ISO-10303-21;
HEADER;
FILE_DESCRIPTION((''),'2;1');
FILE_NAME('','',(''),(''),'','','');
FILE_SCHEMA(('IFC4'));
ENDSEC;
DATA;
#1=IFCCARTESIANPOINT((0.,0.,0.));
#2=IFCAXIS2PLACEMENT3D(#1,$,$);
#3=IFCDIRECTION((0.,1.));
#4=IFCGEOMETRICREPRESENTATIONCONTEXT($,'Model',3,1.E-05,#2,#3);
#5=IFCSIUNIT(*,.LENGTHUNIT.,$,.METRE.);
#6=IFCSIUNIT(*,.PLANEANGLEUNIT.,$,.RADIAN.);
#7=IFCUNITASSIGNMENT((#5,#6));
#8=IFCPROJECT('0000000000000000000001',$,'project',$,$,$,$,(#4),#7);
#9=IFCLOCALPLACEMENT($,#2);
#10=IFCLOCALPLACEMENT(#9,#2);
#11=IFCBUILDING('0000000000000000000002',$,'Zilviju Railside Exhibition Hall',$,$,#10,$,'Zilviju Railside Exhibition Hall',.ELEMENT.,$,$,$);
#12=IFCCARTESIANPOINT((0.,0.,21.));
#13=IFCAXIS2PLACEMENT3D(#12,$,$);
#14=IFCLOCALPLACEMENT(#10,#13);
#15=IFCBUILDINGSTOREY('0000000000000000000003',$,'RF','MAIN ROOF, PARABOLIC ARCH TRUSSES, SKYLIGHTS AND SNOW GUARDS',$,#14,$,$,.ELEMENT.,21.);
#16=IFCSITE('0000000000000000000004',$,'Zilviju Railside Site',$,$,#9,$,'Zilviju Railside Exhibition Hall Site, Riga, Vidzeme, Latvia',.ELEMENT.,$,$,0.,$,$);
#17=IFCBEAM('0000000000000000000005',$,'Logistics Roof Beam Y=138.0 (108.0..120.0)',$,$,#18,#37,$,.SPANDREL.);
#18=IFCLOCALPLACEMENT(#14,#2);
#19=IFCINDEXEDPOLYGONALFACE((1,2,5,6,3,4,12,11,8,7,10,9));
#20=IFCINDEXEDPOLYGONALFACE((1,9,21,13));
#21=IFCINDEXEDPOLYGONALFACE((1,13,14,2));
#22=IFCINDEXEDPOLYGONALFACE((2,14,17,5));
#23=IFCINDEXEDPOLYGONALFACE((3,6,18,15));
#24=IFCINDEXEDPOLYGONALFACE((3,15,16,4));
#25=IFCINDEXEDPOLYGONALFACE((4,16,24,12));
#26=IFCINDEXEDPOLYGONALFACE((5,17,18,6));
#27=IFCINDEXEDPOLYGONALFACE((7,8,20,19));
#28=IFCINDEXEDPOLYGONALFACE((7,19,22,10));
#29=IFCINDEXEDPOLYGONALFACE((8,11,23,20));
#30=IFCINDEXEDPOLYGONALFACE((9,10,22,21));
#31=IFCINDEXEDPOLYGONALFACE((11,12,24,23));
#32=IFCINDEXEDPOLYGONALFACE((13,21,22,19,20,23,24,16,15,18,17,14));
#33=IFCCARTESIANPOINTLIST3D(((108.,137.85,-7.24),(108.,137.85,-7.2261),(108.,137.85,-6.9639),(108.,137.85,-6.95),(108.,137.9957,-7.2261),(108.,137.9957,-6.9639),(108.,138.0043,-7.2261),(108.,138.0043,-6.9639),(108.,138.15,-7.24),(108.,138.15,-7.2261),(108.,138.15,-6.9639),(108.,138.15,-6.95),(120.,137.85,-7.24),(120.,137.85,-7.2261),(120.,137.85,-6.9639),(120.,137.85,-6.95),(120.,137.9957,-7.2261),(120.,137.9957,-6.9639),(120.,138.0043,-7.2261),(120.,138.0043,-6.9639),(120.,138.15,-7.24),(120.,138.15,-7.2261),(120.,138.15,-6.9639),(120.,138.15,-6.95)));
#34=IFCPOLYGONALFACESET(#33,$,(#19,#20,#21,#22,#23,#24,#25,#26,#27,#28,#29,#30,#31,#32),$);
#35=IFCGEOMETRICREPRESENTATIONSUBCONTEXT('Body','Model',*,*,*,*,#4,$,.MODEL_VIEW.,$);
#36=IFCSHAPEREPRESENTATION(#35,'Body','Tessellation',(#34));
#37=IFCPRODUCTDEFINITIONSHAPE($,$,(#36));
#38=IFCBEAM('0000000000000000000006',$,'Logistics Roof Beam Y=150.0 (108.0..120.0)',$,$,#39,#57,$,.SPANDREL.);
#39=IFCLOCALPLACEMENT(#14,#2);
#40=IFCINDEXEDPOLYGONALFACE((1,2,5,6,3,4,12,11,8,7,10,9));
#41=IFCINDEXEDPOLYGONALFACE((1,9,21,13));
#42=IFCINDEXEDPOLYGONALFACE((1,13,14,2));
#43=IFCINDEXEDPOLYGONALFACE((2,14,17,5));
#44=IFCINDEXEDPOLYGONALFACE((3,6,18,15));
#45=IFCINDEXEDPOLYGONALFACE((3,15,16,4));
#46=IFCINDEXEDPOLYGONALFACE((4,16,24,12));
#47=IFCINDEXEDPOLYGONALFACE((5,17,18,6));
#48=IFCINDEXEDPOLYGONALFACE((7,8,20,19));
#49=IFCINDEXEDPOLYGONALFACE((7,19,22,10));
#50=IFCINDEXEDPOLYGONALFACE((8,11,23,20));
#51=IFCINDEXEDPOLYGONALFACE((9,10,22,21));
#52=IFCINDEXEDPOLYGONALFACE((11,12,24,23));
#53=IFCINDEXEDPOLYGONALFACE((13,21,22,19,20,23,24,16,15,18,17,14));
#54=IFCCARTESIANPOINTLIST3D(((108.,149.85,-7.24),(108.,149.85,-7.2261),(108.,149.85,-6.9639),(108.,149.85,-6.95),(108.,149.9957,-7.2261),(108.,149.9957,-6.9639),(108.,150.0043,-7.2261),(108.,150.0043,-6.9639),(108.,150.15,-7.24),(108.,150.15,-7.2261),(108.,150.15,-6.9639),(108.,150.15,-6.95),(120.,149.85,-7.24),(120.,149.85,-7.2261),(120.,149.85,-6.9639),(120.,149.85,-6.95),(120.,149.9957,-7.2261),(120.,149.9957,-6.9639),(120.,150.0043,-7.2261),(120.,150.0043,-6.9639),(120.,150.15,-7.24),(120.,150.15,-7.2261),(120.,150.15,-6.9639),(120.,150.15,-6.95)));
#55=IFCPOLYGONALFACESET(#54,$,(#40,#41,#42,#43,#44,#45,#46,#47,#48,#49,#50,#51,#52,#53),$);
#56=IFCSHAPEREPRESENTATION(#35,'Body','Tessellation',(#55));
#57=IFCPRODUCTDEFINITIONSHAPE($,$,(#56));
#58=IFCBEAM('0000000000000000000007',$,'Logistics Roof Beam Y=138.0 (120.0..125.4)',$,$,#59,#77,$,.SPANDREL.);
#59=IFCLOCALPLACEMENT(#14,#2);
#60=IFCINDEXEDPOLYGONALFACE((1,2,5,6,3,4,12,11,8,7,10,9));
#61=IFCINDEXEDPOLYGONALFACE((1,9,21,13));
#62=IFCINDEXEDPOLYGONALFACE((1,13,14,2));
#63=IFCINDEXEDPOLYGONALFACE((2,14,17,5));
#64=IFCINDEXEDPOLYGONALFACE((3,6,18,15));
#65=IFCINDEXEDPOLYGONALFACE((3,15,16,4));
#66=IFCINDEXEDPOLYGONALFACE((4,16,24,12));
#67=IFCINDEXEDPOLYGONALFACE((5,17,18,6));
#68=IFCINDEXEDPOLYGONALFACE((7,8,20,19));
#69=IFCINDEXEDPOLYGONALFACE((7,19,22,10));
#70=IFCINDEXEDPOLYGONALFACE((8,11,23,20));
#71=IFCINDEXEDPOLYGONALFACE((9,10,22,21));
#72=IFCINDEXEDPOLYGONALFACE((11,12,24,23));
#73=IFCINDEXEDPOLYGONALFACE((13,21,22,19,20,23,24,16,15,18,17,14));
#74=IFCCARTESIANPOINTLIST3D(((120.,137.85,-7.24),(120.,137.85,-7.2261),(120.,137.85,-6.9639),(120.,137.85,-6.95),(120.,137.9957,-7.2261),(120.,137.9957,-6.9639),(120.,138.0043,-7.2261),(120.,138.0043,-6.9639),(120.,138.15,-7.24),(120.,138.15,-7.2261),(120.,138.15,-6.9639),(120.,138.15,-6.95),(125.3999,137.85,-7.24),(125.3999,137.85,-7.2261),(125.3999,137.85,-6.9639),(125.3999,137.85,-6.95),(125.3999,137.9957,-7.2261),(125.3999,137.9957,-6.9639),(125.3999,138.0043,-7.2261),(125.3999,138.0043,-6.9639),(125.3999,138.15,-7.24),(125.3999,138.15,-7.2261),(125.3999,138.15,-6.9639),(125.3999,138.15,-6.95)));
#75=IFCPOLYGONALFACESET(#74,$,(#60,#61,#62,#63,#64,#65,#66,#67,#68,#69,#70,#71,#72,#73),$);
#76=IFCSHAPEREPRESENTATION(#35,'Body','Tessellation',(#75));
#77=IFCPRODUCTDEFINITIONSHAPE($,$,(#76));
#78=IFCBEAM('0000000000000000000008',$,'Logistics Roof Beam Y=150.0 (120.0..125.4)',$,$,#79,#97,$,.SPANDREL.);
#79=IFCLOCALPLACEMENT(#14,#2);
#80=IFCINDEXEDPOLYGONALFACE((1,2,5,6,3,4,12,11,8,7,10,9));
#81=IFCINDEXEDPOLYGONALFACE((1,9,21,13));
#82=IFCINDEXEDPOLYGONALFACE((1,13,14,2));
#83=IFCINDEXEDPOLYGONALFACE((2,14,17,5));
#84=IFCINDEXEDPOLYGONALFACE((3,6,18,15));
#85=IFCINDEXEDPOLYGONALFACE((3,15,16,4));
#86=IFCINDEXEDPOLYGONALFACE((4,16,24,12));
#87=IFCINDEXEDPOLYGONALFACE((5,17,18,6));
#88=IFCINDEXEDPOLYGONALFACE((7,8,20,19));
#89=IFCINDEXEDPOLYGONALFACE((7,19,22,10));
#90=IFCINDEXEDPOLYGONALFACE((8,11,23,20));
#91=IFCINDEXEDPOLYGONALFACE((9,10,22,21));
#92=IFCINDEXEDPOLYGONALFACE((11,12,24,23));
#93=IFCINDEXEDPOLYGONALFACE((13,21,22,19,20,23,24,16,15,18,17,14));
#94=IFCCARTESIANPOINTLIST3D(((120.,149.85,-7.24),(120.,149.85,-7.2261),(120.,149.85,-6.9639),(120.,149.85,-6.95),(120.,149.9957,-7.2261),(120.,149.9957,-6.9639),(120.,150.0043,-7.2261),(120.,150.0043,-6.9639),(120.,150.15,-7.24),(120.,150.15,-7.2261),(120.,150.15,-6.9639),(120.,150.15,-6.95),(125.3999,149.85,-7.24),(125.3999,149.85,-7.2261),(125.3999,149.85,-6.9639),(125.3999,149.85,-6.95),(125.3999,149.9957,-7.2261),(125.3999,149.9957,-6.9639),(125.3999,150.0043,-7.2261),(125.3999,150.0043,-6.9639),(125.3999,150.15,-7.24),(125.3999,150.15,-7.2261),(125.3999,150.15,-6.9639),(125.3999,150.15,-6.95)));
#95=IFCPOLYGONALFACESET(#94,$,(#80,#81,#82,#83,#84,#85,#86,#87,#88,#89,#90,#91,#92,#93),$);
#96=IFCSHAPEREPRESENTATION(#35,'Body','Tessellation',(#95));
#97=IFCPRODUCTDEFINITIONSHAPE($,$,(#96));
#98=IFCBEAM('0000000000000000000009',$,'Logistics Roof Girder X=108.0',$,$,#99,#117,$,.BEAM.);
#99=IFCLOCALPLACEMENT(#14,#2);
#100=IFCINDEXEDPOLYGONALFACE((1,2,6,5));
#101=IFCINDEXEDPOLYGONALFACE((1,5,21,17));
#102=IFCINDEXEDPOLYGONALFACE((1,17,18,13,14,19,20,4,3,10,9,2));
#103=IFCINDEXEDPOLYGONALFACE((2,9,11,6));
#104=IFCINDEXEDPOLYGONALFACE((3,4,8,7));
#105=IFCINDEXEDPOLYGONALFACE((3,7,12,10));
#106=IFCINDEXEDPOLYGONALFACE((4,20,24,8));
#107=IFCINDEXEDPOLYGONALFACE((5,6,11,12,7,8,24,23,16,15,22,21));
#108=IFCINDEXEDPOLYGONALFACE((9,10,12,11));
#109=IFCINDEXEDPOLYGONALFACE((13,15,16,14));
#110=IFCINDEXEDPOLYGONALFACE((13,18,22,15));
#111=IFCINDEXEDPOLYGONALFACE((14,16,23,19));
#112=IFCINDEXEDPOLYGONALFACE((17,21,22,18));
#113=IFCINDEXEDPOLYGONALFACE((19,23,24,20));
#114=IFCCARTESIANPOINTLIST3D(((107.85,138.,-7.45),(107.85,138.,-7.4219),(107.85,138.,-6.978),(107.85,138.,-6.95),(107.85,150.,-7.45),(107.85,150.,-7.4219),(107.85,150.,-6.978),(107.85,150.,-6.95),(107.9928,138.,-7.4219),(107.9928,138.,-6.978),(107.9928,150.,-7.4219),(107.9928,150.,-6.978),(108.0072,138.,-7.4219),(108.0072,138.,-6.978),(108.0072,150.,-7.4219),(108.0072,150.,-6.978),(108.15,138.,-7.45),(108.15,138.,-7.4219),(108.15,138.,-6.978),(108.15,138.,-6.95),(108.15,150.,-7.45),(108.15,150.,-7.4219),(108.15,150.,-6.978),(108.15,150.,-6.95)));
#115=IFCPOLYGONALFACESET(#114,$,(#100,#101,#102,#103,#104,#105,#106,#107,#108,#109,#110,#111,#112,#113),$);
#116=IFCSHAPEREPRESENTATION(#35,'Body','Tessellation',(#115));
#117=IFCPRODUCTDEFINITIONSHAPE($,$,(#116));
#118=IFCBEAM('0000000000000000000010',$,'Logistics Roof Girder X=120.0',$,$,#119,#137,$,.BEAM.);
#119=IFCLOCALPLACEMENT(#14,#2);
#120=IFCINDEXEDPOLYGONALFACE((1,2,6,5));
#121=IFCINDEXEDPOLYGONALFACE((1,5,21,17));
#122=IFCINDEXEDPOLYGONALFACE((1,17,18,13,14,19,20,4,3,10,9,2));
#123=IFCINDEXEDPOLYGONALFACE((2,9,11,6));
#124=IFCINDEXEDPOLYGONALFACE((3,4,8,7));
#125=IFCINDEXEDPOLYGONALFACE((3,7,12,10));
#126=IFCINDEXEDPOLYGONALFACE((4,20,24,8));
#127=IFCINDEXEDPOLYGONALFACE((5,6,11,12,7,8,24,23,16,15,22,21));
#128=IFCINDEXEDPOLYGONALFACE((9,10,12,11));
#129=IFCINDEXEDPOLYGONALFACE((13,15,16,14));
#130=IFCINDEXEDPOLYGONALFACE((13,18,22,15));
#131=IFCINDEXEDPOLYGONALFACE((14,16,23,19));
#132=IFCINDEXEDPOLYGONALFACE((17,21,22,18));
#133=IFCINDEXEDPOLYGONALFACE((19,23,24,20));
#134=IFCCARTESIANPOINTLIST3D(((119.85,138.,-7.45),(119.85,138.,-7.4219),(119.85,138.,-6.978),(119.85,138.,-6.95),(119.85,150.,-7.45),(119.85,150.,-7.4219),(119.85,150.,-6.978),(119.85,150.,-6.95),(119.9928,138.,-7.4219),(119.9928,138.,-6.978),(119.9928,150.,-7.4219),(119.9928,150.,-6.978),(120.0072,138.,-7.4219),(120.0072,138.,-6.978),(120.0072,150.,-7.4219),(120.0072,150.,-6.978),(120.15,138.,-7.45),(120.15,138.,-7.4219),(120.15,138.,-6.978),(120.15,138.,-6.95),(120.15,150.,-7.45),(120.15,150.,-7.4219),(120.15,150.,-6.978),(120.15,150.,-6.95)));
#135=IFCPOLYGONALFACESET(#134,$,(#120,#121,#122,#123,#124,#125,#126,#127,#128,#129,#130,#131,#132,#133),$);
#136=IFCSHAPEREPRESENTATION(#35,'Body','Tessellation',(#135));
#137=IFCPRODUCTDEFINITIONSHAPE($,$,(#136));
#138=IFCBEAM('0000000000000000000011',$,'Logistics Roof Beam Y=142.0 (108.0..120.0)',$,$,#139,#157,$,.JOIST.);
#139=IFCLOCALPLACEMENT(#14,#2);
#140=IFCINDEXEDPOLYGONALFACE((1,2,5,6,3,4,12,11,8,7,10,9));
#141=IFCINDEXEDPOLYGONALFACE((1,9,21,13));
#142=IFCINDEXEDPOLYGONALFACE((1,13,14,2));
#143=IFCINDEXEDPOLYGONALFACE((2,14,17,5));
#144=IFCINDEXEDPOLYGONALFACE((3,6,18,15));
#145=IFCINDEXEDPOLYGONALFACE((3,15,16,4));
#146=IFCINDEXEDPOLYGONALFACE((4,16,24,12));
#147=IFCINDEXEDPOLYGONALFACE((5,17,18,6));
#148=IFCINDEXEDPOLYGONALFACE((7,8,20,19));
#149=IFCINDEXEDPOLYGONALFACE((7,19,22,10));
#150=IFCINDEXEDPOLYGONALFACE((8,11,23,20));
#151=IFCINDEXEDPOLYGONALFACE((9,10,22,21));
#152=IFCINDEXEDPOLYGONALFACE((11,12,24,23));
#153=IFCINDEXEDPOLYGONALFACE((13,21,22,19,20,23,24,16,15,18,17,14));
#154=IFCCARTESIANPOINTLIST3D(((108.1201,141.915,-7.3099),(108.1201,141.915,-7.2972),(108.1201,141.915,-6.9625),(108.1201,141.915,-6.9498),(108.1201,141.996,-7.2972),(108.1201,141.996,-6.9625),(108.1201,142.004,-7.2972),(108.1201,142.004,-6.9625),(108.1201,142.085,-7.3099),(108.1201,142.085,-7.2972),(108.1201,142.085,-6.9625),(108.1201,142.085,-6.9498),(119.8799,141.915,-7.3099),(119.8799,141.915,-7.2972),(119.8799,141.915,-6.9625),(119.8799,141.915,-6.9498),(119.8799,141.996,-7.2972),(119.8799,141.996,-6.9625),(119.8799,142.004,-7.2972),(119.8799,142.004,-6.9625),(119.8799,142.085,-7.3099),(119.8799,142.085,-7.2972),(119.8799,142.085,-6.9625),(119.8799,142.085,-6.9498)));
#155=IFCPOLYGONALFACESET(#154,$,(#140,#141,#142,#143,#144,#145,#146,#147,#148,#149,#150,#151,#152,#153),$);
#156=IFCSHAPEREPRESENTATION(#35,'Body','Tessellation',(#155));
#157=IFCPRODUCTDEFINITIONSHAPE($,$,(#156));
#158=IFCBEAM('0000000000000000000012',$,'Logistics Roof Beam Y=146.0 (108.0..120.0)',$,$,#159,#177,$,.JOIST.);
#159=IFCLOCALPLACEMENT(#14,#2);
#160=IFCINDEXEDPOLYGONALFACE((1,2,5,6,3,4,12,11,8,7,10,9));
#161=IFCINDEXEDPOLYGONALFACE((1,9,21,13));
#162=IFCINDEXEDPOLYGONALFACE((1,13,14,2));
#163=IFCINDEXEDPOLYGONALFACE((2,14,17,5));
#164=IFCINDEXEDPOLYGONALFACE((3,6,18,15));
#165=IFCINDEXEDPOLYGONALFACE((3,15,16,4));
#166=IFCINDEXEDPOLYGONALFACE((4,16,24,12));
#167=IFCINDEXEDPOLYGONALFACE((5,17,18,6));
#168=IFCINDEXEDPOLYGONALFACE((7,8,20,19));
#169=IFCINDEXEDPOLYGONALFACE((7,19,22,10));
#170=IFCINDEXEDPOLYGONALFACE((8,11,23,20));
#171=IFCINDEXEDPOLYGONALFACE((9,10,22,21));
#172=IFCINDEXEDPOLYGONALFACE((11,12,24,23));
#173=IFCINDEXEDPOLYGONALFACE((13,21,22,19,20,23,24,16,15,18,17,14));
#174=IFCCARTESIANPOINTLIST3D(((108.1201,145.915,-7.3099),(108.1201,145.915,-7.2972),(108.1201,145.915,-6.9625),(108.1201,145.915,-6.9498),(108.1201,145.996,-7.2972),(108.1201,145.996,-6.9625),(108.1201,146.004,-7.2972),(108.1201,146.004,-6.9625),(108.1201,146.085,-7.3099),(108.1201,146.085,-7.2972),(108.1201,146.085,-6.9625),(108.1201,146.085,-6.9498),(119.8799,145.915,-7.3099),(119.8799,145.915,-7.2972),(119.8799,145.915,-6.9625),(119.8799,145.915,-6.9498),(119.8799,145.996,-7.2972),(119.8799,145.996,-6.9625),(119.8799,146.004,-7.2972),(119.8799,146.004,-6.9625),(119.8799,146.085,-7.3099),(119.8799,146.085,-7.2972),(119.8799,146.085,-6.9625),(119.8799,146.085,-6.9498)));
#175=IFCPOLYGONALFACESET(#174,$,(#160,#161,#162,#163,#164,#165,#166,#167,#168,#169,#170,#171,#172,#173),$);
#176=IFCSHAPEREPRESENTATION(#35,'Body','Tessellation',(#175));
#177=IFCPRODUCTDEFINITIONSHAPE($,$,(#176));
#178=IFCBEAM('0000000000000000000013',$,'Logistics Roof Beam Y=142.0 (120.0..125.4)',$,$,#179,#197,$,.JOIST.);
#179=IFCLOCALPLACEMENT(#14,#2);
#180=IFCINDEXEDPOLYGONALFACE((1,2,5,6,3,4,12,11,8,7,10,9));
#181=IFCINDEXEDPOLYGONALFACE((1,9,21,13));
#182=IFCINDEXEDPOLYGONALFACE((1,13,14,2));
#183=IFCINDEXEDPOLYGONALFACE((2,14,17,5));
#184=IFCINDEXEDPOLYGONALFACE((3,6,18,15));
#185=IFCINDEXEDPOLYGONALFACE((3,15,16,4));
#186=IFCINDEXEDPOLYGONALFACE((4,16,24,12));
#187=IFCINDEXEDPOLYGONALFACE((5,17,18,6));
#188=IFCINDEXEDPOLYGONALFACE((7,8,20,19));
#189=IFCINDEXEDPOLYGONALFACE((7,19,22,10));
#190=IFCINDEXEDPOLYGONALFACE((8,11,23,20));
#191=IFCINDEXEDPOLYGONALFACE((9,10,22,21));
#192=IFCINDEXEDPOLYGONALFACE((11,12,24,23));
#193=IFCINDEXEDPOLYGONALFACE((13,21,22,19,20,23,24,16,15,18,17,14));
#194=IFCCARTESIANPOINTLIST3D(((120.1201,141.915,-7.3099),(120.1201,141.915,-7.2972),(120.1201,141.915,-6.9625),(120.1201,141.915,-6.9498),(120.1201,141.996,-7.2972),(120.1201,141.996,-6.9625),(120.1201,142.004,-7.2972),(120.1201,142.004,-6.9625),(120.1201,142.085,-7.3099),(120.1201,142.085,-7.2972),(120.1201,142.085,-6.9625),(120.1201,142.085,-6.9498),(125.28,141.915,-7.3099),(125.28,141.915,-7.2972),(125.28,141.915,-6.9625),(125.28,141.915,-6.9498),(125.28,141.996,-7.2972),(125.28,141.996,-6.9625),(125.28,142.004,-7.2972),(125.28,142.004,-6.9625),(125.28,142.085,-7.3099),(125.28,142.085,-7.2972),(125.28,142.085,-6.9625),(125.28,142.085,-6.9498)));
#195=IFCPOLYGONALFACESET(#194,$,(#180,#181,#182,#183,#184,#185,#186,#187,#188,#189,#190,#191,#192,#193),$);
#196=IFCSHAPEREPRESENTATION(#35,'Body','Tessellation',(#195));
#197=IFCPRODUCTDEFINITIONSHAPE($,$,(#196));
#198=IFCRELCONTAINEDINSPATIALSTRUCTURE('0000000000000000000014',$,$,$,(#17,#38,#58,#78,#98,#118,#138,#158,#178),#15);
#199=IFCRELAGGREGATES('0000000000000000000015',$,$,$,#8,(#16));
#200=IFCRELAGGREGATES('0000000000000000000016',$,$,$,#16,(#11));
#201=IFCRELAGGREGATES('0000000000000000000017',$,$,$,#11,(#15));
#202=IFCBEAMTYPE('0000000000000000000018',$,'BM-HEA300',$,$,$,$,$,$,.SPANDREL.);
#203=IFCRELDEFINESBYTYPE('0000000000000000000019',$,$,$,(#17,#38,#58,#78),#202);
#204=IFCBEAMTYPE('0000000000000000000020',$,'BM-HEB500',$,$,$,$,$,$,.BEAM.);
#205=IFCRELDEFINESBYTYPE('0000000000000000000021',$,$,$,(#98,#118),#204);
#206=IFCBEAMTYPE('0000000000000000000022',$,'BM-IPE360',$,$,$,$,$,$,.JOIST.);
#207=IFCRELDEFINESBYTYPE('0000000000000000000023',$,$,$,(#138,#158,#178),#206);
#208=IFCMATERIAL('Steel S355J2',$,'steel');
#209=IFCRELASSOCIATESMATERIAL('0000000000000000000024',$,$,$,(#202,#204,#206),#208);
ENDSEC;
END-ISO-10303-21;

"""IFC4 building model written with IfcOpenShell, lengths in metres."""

from ifc_helpers import new_model, si_unit, direction, frame, origin, origin_2d, place, context, subcontext, project, spatial, i_section, extrude, material, material_profile, profile_set, type_object, element, save


model = new_model("IFC4")

# Units and contexts
model_context = context("Model", 3, precision=1e-05, world=origin(), true_north=direction((0.0, 1.0)))
body_context = subcontext(model_context, "Body", "Model", "MODEL_VIEW")
ifc_project = project(units=[si_unit("LENGTHUNIT", "METRE"), si_unit("PLANEANGLEUNIT", "RADIAN")], contexts=[model_context])

# Site, building, storey
site_placement = place(None, origin())
site = spatial("IfcSite", under=ifc_project, at=site_placement, Name="Zilviju Railside Site", LongName="Zilviju Railside Exhibition Hall Site, Riga, Vidzeme, Latvia", CompositionType="ELEMENT", RefElevation=0.0)
building_placement = place(site_placement, origin())
building = spatial("IfcBuilding", under=site, at=building_placement, Name="Zilviju Railside Exhibition Hall", LongName="Zilviju Railside Exhibition Hall", CompositionType="ELEMENT")
storey_placement = place(building_placement, frame((0.0, 0.0, 21.0)))
storey = spatial("IfcBuildingStorey", under=building, at=storey_placement, Name="RF", Description="MAIN ROOF, PARABOLIC ARCH TRUSSES, SKYLIGHTS AND SNOW GUARDS", CompositionType="ELEMENT", Elevation=21.0)

# Beams
ifc_material_1 = material(Name="Steel S355J2", Category="steel")
ifc_material_profile_1 = material_profile(ifc_material_1, i_section(OverallWidth=0.3, OverallDepth=0.29, WebThickness=0.0085, FlangeThickness=0.0139, at=origin_2d()), Name="HEA 300")
ifc_profile_set_1 = profile_set([ifc_material_profile_1], Name="Steel S355J2")
beam_type_1 = type_object("IfcBeamType", Name="BM-HEA300", PredefinedType="SPANDREL", material=ifc_profile_set_1)
for number, where, z_axis, x_axis, name in (
    (1, (108.0, 138.0, -7.095), (1.0, 0.0, 0.0), (0.0, 1.0, 0.0), "Logistics Roof Beam Y=138.0 (108.0..120.0)"),
    (2, (108.0, 150.0, -7.095), (1.0, 0.0, 0.0), (0.0, 1.0, 0.0), "Logistics Roof Beam Y=150.0 (108.0..120.0)"),
):
    element("IfcBeam", number, at=place(storey_placement, frame(where, z_axis=z_axis, x_axis=x_axis)), inside=storey, type_object=beam_type_1, Name=name, PredefinedType="SPANDREL", context=body_context, shape_type="SweptSolid", body=[
        extrude(i_section(OverallWidth=0.3, OverallDepth=0.29, WebThickness=0.0085, FlangeThickness=0.0139, at=origin_2d()), origin(), (0.0, 0.0, 1.0), 12.0),
    ])
for number, where, z_axis, x_axis, name in (
    (3, (120.0, 138.0, -7.095), (1.0, 0.0, 0.0), (0.0, 1.0, 0.0), "Logistics Roof Beam Y=138.0 (120.0..125.4)"),
    (4, (120.0, 150.0, -7.095), (1.0, 0.0, 0.0), (0.0, 1.0, 0.0), "Logistics Roof Beam Y=150.0 (120.0..125.4)"),
):
    element("IfcBeam", number, at=place(storey_placement, frame(where, z_axis=z_axis, x_axis=x_axis)), inside=storey, type_object=beam_type_1, Name=name, PredefinedType="SPANDREL", context=body_context, shape_type="SweptSolid", body=[
        extrude(i_section(OverallWidth=0.3, OverallDepth=0.29, WebThickness=0.0085, FlangeThickness=0.0139, at=origin_2d()), origin(), (0.0, 0.0, 1.0), 5.3999),
    ])
ifc_material_profile_2 = material_profile(ifc_material_1, i_section(OverallWidth=0.3, OverallDepth=0.5, WebThickness=0.0144, FlangeThickness=0.0281, at=origin_2d()), Name="HEB 500")
ifc_profile_set_2 = profile_set([ifc_material_profile_2], Name="Steel S355J2")
beam_type_2 = type_object("IfcBeamType", Name="BM-HEB500", PredefinedType="BEAM", material=ifc_profile_set_2)
for number, where, z_axis, x_axis, name in (
    (5, (108.0, 138.0, -7.2), (0.0, 1.0, 0.0), (-1.0, 0.0, 0.0), "Logistics Roof Girder X=108.0"),
    (6, (120.0, 138.0, -7.2), (0.0, 1.0, 0.0), (-1.0, 0.0, 0.0), "Logistics Roof Girder X=120.0"),
):
    element("IfcBeam", number, at=place(storey_placement, frame(where, z_axis=z_axis, x_axis=x_axis)), inside=storey, type_object=beam_type_2, Name=name, PredefinedType="BEAM", context=body_context, shape_type="SweptSolid", body=[
        extrude(i_section(OverallWidth=0.3, OverallDepth=0.5, WebThickness=0.0144, FlangeThickness=0.0281, at=origin_2d()), origin(), (0.0, 0.0, 1.0), 12.0),
    ])
ifc_material_profile_3 = material_profile(ifc_material_1, i_section(OverallWidth=0.1699, OverallDepth=0.3601, WebThickness=0.0081, FlangeThickness=0.0127, at=origin_2d()), Name="IPE 360")
ifc_profile_set_3 = profile_set([ifc_material_profile_3], Name="Steel S355J2")
beam_type_3 = type_object("IfcBeamType", Name="BM-IPE360", PredefinedType="JOIST", material=ifc_profile_set_3)
for number, where, z_axis, x_axis, name in (
    (7, (108.1201, 142.0, -7.1299), (1.0, 0.0, 0.0), (0.0, 1.0, 0.0), "Logistics Roof Beam Y=142.0 (108.0..120.0)"),
    (8, (108.1201, 146.0, -7.1299), (1.0, 0.0, 0.0), (0.0, 1.0, 0.0), "Logistics Roof Beam Y=146.0 (108.0..120.0)"),
):
    element("IfcBeam", number, at=place(storey_placement, frame(where, z_axis=z_axis, x_axis=x_axis)), inside=storey, type_object=beam_type_3, Name=name, PredefinedType="JOIST", context=body_context, shape_type="SweptSolid", body=[
        extrude(i_section(OverallWidth=0.1699, OverallDepth=0.3601, WebThickness=0.0081, FlangeThickness=0.0127, at=origin_2d()), origin(), (0.0, 0.0, 1.0), 11.7598),
    ])
for number, where, z_axis, x_axis, name in (
    (9, (120.1201, 142.0, -7.1299), (1.0, 0.0, 0.0), (0.0, 1.0, 0.0), "Logistics Roof Beam Y=142.0 (120.0..125.4)"),
):
    element("IfcBeam", number, at=place(storey_placement, frame(where, z_axis=z_axis, x_axis=x_axis)), inside=storey, type_object=beam_type_3, Name=name, PredefinedType="JOIST", context=body_context, shape_type="SweptSolid", body=[
        extrude(i_section(OverallWidth=0.1699, OverallDepth=0.3601, WebThickness=0.0081, FlangeThickness=0.0127, at=origin_2d()), origin(), (0.0, 0.0, 1.0), 5.1599),
    ])

save(model, "model.ifc")
